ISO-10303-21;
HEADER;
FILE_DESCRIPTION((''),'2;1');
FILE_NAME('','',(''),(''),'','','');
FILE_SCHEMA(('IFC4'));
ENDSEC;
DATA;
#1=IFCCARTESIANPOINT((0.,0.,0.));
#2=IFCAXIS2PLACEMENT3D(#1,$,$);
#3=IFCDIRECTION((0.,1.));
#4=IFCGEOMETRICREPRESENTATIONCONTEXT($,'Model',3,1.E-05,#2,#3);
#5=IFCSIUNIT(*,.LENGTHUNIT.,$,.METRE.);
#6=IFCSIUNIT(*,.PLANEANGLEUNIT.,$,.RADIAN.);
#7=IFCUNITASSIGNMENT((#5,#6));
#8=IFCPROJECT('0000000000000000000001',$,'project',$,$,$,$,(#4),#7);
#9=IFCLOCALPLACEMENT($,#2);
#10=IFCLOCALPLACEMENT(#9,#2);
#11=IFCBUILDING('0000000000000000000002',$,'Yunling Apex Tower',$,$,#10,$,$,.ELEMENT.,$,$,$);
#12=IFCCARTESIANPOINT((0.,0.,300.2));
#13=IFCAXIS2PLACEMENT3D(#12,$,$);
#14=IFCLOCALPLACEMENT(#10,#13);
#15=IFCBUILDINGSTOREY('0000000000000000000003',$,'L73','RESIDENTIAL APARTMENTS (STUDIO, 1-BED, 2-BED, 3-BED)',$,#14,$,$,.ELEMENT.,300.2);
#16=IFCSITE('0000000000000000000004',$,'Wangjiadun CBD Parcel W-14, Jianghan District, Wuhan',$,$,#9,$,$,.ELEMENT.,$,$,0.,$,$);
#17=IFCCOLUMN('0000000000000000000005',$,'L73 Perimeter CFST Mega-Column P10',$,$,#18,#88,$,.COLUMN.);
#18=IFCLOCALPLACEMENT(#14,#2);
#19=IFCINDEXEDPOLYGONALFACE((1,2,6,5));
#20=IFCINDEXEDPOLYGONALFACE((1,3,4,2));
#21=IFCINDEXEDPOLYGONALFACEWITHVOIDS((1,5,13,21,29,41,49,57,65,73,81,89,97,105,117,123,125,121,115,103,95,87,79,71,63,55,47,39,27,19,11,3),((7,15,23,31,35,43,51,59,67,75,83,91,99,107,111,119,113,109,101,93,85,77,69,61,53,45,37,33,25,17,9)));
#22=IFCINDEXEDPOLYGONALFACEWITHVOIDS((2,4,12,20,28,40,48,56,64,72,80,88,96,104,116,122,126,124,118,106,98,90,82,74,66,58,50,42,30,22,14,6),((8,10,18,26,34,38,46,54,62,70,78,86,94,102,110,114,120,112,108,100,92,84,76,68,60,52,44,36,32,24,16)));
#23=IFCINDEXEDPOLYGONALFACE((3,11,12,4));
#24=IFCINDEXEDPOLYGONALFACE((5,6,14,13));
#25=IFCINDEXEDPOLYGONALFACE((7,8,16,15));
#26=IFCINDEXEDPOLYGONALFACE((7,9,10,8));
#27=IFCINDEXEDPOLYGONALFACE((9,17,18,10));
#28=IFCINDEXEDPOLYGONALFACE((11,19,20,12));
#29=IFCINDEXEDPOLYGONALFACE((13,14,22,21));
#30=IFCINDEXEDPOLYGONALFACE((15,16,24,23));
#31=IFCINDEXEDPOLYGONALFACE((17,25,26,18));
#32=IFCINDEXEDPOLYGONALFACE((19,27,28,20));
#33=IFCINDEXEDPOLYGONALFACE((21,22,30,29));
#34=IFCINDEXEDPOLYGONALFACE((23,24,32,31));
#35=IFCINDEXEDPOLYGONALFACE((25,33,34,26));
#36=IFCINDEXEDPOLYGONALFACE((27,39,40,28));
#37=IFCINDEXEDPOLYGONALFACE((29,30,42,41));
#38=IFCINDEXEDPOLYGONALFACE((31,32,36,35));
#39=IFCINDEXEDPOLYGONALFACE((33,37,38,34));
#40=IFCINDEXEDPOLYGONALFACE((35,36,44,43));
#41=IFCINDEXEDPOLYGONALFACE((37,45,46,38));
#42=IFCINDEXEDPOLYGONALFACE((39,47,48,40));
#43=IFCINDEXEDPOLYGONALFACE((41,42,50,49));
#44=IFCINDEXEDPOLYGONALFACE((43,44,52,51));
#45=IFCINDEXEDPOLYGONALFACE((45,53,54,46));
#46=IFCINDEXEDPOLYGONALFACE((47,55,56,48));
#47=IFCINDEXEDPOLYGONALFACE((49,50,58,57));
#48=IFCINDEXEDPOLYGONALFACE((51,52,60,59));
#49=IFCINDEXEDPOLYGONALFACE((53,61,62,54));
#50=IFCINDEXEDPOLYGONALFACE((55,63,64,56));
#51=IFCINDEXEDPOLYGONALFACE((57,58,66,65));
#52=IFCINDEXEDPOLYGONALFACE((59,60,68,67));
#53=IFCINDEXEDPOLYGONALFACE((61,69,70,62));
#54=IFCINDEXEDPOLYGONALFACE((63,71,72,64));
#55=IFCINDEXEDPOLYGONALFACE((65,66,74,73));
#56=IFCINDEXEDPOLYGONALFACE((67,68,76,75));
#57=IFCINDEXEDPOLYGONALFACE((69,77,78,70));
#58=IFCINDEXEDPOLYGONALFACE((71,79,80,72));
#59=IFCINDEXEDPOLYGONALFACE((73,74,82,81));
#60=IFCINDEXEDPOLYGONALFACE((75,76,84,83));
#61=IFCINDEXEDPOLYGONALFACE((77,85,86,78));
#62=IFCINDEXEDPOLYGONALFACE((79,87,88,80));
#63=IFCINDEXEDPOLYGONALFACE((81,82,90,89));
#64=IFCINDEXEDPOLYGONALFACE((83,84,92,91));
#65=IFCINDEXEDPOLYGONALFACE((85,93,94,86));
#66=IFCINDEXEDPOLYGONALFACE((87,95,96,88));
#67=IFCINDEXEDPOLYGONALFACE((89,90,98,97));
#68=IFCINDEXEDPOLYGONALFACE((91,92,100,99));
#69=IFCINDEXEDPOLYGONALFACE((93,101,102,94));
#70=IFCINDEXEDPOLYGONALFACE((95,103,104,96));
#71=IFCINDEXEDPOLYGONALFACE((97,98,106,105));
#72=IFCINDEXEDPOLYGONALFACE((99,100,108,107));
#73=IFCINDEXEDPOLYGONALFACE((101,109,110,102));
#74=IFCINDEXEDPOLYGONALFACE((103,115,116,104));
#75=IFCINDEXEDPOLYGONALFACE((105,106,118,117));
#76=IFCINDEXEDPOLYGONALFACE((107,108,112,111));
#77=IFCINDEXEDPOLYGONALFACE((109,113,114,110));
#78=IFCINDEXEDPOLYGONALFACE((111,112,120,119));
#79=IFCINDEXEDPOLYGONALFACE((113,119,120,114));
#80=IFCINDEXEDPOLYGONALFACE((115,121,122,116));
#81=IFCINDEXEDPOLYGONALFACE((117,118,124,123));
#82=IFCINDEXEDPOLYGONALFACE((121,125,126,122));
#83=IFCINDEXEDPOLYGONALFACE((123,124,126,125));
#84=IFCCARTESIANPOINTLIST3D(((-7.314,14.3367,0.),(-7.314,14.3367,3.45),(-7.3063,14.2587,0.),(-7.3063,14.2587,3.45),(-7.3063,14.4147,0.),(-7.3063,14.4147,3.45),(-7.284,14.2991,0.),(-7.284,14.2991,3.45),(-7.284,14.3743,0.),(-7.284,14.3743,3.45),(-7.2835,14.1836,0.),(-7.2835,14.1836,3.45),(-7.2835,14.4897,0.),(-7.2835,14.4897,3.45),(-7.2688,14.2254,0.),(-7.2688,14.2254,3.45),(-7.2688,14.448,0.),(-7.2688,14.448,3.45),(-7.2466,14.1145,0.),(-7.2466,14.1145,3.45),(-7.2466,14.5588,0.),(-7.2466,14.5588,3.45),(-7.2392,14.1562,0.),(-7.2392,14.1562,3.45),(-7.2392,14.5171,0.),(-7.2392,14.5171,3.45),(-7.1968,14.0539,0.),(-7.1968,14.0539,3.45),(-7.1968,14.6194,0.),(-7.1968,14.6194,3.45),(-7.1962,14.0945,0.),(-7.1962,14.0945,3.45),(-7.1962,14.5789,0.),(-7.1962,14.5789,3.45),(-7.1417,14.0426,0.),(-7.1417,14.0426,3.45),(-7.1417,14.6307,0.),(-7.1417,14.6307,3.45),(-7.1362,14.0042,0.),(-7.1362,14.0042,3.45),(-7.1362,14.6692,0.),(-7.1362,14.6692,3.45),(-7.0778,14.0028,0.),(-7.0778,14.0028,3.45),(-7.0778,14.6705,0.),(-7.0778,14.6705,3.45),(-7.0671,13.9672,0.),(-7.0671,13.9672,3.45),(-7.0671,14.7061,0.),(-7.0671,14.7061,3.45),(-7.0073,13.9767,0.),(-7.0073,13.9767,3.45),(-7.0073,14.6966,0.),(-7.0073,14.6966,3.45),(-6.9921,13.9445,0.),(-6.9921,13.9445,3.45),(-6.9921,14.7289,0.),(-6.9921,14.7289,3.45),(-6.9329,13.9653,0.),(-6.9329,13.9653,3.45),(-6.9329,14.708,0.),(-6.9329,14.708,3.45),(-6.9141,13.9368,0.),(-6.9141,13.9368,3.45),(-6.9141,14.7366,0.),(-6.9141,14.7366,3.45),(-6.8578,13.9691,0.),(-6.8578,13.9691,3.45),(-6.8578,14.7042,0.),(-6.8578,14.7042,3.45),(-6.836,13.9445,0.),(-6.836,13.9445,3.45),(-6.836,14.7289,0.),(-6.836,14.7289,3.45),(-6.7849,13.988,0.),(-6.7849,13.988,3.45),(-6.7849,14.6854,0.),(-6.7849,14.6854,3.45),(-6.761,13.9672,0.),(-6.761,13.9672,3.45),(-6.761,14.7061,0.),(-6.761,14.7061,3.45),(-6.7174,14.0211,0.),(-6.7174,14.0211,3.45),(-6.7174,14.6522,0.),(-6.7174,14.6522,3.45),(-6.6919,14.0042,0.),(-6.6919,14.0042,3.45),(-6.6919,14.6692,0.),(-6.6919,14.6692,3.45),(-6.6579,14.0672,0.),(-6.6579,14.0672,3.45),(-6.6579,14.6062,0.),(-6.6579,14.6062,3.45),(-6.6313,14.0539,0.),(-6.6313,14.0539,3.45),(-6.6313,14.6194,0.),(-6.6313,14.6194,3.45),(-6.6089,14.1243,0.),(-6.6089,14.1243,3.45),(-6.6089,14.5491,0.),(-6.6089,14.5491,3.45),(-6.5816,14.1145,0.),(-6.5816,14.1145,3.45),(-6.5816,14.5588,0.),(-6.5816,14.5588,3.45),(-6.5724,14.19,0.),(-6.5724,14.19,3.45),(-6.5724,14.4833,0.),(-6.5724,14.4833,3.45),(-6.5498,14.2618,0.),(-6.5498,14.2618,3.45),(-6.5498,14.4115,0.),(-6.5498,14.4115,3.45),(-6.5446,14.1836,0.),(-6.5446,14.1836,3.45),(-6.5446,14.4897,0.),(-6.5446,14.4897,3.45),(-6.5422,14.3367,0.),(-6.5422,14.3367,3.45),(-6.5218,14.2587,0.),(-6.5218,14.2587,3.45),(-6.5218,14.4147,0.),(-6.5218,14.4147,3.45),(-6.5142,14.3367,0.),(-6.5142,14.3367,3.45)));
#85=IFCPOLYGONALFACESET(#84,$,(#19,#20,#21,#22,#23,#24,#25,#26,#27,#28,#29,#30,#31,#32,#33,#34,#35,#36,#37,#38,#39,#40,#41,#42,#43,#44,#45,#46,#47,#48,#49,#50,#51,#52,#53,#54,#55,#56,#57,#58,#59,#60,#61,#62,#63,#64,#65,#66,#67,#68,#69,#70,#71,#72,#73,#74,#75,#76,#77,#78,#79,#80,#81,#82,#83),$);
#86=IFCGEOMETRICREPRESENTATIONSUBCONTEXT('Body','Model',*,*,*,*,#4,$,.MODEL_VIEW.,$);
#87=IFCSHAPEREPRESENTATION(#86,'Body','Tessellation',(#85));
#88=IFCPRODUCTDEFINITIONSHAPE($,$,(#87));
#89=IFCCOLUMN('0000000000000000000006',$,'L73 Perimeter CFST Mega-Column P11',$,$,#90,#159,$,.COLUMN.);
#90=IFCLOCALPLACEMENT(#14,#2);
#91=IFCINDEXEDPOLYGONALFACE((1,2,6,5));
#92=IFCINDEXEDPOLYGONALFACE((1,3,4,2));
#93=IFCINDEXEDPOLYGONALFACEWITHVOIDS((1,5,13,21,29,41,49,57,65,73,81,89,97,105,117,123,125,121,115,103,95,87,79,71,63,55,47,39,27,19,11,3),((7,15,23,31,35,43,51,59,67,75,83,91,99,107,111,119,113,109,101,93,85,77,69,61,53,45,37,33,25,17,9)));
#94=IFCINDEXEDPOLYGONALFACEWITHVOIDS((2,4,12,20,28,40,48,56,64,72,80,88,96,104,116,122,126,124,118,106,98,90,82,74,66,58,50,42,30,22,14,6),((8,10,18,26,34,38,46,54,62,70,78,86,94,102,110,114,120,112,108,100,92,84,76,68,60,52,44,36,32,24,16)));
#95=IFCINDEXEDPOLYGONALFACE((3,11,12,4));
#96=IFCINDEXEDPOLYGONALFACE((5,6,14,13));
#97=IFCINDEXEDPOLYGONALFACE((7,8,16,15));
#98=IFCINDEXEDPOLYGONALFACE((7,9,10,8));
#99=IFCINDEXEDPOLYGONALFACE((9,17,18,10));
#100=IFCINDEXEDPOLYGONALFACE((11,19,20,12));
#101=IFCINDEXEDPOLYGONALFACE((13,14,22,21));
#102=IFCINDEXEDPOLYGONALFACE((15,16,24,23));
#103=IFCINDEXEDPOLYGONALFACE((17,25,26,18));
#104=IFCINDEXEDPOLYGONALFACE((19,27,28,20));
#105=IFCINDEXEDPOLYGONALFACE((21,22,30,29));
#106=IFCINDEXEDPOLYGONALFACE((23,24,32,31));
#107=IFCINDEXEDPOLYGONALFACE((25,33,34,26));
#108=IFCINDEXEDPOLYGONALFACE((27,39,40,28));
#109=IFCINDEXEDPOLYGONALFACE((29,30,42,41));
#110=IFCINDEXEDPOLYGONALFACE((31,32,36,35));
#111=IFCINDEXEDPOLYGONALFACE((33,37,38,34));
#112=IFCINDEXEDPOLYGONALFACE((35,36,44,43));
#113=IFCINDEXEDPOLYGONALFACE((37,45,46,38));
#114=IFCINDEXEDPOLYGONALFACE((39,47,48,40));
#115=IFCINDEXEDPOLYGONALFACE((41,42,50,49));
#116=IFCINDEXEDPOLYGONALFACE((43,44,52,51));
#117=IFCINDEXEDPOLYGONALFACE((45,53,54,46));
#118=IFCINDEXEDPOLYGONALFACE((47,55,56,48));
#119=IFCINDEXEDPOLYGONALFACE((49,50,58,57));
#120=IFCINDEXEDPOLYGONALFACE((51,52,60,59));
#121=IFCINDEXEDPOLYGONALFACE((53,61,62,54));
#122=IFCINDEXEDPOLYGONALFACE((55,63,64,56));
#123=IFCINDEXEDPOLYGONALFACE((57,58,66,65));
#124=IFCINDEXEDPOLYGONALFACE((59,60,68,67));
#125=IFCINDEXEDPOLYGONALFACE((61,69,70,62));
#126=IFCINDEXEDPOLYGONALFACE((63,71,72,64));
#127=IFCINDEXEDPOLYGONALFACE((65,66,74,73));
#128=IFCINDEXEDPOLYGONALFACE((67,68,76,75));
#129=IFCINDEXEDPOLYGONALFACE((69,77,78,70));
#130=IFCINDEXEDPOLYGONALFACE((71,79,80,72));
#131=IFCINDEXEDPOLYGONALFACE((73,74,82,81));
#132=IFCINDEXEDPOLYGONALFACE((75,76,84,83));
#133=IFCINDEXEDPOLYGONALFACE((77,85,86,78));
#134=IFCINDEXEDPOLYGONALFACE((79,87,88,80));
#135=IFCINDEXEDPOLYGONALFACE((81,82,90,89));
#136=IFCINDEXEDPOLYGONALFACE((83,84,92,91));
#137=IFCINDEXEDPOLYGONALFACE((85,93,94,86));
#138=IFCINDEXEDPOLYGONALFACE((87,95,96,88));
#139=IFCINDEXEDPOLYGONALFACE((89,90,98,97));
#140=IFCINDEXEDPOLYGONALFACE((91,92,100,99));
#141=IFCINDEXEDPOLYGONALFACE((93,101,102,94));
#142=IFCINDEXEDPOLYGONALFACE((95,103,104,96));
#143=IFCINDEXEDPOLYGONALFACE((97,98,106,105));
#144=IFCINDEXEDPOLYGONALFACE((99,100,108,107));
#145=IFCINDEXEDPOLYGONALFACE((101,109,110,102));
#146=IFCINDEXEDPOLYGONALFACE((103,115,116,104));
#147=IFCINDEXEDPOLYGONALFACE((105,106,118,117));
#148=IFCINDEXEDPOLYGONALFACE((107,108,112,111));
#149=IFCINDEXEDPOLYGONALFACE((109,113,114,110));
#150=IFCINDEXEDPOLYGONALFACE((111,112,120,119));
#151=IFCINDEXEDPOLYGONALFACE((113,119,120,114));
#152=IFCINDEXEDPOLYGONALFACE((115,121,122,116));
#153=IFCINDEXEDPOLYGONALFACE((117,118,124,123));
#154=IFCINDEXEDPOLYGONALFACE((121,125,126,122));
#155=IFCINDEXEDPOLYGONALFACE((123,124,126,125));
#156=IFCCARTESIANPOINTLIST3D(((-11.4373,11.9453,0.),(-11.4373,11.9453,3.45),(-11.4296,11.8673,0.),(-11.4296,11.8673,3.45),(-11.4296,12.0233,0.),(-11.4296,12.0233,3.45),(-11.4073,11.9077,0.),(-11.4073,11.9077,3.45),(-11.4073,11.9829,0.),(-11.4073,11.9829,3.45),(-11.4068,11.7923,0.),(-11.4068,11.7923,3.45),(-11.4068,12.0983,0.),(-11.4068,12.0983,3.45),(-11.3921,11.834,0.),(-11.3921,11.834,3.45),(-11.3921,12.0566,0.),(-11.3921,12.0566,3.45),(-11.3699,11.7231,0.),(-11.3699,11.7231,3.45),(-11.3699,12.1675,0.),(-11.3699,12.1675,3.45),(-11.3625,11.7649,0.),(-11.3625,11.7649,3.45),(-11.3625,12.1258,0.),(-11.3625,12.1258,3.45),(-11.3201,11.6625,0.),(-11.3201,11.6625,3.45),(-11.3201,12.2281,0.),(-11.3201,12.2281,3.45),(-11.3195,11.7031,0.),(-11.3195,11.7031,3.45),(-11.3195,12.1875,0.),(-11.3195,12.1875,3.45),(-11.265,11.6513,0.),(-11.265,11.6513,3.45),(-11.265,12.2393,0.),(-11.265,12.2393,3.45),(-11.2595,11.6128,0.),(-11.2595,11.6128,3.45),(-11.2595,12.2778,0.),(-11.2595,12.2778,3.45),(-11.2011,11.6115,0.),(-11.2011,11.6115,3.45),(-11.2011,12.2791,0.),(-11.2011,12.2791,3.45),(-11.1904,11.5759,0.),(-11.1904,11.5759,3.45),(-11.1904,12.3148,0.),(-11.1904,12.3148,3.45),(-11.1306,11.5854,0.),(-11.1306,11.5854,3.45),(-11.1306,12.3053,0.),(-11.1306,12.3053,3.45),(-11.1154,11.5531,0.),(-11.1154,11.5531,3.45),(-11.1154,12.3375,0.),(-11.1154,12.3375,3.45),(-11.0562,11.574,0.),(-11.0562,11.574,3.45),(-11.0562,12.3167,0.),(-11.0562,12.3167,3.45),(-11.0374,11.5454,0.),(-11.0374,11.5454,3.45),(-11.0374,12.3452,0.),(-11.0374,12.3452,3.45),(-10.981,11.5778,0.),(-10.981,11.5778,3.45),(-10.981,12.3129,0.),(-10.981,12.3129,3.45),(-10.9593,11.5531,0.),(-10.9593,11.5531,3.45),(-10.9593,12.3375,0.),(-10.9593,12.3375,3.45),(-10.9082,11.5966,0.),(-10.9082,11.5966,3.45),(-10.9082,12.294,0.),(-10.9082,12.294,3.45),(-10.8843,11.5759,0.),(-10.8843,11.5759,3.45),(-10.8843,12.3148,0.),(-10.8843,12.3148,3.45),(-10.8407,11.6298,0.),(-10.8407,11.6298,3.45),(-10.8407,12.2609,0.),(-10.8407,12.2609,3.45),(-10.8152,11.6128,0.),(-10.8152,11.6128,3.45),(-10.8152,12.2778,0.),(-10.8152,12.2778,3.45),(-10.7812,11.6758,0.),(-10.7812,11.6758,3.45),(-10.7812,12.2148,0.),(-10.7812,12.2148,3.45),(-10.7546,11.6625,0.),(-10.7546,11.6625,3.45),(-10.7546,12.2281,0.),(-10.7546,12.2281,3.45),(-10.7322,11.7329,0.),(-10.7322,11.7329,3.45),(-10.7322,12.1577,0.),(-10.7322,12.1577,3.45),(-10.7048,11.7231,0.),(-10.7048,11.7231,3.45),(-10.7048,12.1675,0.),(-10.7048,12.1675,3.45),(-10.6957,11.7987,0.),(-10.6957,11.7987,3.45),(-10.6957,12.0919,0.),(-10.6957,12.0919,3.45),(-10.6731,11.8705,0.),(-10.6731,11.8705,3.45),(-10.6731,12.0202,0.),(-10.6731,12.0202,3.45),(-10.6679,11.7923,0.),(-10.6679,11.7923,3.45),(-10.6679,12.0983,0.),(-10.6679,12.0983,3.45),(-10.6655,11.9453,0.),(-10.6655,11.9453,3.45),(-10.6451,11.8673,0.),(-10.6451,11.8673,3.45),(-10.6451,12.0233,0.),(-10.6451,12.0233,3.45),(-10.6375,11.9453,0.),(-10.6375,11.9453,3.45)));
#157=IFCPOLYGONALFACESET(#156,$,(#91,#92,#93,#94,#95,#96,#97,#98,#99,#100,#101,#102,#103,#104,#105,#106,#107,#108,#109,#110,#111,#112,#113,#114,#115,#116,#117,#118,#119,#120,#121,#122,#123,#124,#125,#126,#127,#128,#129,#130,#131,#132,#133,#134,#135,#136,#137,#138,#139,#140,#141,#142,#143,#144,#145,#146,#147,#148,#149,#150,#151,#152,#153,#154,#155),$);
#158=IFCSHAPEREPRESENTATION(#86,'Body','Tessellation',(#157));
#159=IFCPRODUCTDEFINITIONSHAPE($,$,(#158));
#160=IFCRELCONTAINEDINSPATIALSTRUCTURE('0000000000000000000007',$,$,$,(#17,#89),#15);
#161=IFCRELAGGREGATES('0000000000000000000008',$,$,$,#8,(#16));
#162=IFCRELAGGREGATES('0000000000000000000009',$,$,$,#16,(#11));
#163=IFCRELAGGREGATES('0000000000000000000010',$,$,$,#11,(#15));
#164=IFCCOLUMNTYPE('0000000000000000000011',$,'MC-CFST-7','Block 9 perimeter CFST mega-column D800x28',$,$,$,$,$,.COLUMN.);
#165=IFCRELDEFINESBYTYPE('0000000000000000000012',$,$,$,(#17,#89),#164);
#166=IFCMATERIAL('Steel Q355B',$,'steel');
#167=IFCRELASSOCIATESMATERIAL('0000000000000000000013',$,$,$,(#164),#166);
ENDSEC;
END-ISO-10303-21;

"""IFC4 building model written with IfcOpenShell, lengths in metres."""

from ifc_helpers import new_model, si_unit, direction, frame, origin, origin_2d, place, context, subcontext, project, spatial, hollow_circle, extrude, source, transform, mapped, material, material_profile, profile_set, type_object, element, save


model = new_model("IFC4")

# Units and contexts
model_context = context("Model", 3, precision=1e-05, world=origin(), true_north=direction((0.0, 1.0)))
body_context = subcontext(model_context, "Body", "Model", "MODEL_VIEW")
ifc_project = project(units=[si_unit("LENGTHUNIT", "METRE"), si_unit("PLANEANGLEUNIT", "RADIAN")], contexts=[model_context])

# Site, building, storey
site_placement = place(None, origin())
site = spatial("IfcSite", under=ifc_project, at=site_placement, Name="Wangjiadun CBD Parcel W-14, Jianghan District, Wuhan", CompositionType="ELEMENT", RefElevation=0.0)
building_placement = place(site_placement, origin())
building = spatial("IfcBuilding", under=site, at=building_placement, Name="Yunling Apex Tower", CompositionType="ELEMENT")
storey_placement = place(building_placement, frame((0.0, 0.0, 300.2)))
storey = spatial("IfcBuildingStorey", under=building, at=storey_placement, Name="L73", Description="RESIDENTIAL APARTMENTS (STUDIO, 1-BED, 2-BED, 3-BED)", CompositionType="ELEMENT", Elevation=300.2)

# Columns
ifc_material_1 = material(Name="Steel Q355B", Category="steel")
ifc_material_profile_1 = material_profile(ifc_material_1, hollow_circle(Radius=0.3999, WallThickness=0.0281, at=origin_2d()))
ifc_profile_set_1 = profile_set([ifc_material_profile_1], Name="Steel Q355B")
column_type = type_object("IfcColumnType", Name="MC-CFST-7", Description="Block 9 perimeter CFST mega-column D800x28", PredefinedType="COLUMN", material=ifc_profile_set_1)
shared_shape_1 = source(origin(), body_context, "Body", "SweptSolid", [
    extrude(hollow_circle(Radius=0.3999, WallThickness=0.0281, at=origin_2d()), origin(), (0.0, 0.0, 1.0), 3.45),
])
for number, where, z_axis, x_axis, name in (
    (1, (-6.9141, 14.3367, 0.0), (0.0, 0.0, 1.0), (1.0, 0.0, 0.0), "L73 Perimeter CFST Mega-Column P10"),
    (2, (-11.0374, 11.9453, 0.0), (0.0, 0.0, 1.0), (1.0, 0.0, 0.0), "L73 Perimeter CFST Mega-Column P11"),
):
    element("IfcColumn", number, at=place(storey_placement, frame(where, z_axis=z_axis, x_axis=x_axis)), inside=storey, type_object=column_type, Name=name, PredefinedType="COLUMN", context=body_context, shape_type="MappedRepresentation", body=[
        mapped(shared_shape_1, transform((0.0, 0.0, 0.0), scale=1.0)),
    ])

save(model, "model.ifc")
